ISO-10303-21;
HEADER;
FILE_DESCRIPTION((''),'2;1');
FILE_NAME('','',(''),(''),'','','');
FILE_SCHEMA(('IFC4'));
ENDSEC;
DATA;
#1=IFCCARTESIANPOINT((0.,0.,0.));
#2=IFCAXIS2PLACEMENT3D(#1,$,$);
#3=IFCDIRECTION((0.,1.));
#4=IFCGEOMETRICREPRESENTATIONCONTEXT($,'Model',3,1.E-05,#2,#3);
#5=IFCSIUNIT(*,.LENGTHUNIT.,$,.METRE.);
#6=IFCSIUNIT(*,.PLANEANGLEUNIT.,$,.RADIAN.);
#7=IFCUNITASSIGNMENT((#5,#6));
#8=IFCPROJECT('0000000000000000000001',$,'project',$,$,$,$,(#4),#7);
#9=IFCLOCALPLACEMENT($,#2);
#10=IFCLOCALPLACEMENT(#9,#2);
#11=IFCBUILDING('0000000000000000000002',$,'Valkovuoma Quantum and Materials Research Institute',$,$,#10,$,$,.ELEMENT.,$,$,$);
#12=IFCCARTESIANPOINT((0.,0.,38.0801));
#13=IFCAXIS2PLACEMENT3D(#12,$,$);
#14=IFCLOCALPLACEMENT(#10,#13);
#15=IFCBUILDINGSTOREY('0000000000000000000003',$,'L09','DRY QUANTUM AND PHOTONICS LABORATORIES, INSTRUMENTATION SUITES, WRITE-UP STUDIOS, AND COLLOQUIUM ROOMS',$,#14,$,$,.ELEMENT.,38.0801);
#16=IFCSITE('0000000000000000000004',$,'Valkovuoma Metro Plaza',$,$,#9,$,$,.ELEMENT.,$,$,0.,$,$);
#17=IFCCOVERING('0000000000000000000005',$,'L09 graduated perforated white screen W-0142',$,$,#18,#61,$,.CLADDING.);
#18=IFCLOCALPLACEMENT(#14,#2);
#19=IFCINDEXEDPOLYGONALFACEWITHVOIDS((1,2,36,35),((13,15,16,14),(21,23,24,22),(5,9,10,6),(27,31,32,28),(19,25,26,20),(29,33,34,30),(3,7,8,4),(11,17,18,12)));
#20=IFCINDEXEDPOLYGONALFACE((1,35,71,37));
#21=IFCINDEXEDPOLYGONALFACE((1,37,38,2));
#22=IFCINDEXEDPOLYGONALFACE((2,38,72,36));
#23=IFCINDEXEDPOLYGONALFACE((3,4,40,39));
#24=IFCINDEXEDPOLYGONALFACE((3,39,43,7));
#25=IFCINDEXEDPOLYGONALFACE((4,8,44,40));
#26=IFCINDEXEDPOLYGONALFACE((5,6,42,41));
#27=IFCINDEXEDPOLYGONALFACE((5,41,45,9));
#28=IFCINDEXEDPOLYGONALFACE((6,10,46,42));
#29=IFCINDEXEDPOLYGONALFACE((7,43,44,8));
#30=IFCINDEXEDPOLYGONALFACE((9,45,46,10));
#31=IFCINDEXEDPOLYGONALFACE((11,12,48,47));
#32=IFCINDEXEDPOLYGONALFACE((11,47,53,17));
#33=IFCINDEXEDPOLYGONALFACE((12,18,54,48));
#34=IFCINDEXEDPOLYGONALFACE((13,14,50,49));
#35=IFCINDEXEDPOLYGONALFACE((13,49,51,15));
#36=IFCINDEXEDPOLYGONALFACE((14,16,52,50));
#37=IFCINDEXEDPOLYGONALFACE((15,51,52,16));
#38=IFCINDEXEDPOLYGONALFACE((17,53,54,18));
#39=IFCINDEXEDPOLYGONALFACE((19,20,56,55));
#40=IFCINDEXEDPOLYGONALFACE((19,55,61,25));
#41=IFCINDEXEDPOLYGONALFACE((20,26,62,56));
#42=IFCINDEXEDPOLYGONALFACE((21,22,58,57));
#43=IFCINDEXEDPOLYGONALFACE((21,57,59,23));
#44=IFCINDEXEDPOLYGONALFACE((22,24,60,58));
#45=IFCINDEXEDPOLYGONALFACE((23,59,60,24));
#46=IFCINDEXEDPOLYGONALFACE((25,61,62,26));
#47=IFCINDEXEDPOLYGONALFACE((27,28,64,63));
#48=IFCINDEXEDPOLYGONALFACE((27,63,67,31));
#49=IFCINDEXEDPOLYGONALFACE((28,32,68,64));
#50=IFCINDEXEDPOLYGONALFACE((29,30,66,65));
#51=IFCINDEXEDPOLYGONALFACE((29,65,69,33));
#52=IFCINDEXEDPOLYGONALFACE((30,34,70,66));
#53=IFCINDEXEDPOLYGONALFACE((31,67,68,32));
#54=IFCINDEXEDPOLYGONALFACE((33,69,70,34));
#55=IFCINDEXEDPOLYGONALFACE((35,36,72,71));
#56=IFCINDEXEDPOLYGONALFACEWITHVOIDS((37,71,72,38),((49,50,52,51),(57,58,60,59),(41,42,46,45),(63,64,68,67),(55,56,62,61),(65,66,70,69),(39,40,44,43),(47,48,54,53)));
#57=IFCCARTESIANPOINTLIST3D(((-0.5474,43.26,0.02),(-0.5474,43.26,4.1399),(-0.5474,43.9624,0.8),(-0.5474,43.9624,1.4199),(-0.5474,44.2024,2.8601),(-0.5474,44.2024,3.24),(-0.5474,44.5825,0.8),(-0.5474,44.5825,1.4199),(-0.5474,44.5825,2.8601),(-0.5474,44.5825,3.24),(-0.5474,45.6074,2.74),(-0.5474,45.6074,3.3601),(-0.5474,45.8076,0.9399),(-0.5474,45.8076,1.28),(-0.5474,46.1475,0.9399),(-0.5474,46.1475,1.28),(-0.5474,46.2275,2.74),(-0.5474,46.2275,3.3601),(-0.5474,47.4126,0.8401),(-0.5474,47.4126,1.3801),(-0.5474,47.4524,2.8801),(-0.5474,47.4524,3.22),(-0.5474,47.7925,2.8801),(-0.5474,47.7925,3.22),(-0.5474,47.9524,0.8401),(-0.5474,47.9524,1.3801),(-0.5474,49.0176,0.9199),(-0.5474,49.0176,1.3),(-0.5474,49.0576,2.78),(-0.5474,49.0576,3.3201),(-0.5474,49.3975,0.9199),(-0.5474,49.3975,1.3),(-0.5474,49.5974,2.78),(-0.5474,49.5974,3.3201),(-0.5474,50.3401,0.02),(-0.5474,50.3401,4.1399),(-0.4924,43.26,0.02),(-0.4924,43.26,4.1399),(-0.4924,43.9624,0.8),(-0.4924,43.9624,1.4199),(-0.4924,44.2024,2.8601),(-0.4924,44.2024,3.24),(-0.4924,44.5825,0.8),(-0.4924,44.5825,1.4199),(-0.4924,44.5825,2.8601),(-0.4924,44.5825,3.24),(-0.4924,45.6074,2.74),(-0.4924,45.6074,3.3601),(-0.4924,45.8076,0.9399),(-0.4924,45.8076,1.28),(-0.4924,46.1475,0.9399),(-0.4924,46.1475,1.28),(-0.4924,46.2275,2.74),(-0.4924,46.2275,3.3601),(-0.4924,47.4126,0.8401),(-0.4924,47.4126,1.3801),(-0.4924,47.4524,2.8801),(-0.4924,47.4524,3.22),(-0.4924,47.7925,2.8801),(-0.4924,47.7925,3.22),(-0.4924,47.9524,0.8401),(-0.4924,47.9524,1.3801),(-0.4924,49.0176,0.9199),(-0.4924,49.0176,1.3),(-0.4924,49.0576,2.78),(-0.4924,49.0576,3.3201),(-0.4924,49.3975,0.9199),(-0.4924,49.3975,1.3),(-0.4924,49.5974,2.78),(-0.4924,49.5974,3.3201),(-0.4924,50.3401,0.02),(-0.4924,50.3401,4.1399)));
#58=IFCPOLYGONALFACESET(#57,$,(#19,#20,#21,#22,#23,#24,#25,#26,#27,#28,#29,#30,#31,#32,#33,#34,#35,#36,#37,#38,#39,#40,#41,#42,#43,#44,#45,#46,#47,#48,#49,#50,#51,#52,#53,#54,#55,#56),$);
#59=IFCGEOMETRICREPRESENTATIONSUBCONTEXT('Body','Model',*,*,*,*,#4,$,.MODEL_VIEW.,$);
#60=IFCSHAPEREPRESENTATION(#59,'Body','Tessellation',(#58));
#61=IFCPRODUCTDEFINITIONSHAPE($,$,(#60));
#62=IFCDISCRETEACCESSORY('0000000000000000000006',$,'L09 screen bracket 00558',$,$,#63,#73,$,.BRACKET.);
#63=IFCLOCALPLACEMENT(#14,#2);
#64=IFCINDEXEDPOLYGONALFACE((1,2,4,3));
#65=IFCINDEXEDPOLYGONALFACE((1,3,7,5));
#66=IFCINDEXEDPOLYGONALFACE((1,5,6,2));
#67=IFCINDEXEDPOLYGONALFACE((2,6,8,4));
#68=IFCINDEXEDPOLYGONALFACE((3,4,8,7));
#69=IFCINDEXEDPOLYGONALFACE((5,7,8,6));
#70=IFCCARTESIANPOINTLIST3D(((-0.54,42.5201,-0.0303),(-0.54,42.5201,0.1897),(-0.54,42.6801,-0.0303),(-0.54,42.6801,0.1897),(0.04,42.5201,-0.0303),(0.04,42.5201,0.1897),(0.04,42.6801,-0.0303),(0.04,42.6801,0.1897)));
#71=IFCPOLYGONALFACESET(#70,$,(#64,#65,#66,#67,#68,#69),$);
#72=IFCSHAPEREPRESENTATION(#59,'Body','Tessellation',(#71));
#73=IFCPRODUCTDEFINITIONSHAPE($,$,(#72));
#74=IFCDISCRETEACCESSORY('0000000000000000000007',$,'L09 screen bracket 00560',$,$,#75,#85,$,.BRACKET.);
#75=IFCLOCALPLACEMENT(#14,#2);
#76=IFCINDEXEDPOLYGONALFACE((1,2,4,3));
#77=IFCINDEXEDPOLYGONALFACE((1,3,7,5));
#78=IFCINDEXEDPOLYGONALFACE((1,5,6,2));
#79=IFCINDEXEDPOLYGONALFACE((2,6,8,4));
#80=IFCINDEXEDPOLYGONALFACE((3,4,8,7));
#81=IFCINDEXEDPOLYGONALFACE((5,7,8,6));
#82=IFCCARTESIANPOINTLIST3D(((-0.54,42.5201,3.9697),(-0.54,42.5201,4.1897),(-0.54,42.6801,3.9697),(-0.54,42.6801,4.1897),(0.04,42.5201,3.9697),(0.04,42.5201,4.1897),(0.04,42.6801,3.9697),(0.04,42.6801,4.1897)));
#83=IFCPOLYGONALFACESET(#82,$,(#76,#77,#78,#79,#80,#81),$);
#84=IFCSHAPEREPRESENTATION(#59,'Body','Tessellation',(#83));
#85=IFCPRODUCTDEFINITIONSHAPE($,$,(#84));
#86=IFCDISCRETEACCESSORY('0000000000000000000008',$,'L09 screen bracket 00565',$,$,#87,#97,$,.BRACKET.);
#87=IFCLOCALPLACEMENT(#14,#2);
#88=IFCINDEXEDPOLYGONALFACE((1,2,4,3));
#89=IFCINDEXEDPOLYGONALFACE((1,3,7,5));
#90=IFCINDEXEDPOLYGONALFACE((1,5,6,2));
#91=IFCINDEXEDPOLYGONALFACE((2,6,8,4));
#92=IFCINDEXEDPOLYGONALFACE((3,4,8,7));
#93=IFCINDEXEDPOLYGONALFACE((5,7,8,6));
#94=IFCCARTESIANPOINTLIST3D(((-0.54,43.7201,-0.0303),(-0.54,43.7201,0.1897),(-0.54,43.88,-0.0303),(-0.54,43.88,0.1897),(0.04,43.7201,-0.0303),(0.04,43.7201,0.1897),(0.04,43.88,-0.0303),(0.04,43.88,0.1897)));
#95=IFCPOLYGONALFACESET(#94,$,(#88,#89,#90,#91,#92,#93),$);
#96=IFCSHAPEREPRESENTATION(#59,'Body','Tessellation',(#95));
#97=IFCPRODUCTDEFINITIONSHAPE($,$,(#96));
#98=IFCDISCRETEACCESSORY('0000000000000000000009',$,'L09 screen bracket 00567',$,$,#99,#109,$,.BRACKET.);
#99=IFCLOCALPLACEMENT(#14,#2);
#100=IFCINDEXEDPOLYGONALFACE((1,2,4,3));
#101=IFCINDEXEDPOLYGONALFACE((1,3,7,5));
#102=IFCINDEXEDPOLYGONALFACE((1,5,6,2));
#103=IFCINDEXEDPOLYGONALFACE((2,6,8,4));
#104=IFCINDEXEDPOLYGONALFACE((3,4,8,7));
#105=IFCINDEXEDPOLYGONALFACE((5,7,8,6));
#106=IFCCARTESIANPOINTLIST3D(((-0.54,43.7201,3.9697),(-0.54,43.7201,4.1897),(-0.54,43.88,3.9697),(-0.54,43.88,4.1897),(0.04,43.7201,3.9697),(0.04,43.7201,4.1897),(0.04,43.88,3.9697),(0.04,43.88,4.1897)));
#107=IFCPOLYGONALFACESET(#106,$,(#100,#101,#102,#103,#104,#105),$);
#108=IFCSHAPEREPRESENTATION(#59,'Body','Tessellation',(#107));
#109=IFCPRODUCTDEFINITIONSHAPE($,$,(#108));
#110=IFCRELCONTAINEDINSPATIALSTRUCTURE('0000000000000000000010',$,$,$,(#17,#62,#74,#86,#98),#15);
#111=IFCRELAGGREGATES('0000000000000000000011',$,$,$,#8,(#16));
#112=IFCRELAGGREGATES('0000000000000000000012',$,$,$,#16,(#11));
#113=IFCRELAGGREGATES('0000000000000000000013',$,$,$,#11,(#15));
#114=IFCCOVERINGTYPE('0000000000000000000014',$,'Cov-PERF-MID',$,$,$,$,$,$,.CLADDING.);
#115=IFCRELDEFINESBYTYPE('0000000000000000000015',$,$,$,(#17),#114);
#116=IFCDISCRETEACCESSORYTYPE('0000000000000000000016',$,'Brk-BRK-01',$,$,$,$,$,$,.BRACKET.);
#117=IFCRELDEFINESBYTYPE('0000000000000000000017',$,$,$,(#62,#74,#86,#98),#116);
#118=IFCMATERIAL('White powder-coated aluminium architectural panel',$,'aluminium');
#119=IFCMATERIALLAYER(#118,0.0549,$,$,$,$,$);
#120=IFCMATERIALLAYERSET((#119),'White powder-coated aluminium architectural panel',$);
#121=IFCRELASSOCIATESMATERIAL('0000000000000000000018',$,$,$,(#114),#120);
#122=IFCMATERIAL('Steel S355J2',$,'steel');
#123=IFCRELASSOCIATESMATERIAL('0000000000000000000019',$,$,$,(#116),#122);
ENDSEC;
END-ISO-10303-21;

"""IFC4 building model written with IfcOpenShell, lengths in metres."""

from ifc_helpers import new_model, si_unit, direction, frame, origin, origin_2d, place, context, subcontext, project, spatial, polyline, rectangle, outline, extrude, material, layer, layer_set, type_object, element, save


model = new_model("IFC4")

# Units and contexts
model_context = context("Model", 3, precision=1e-05, world=origin(), true_north=direction((0.0, 1.0)))
body_context = subcontext(model_context, "Body", "Model", "MODEL_VIEW")
ifc_project = project(units=[si_unit("LENGTHUNIT", "METRE"), si_unit("PLANEANGLEUNIT", "RADIAN")], contexts=[model_context])

# Site, building, storey
site_placement = place(None, origin())
site = spatial("IfcSite", under=ifc_project, at=site_placement, Name="Valkovuoma Metro Plaza", CompositionType="ELEMENT", RefElevation=0.0)
building_placement = place(site_placement, origin())
building = spatial("IfcBuilding", under=site, at=building_placement, Name="Valkovuoma Quantum and Materials Research Institute", CompositionType="ELEMENT")
storey_placement = place(building_placement, frame((0.0, 0.0, 38.0801)))
storey = spatial("IfcBuildingStorey", under=building, at=storey_placement, Name="L09", Description="DRY QUANTUM AND PHOTONICS LABORATORIES, INSTRUMENTATION SUITES, WRITE-UP STUDIOS, AND COLLOQUIUM ROOMS", CompositionType="ELEMENT", Elevation=38.0801)

# Covering
ifc_material_1 = material(Name="White powder-coated aluminium architectural panel", Category="aluminium")
ifc_layer_1 = layer(ifc_material_1, 0.0549)
ifc_layer_set_1 = layer_set([ifc_layer_1], Name="White powder-coated aluminium architectural panel")
covering_type = type_object("IfcCoveringType", Name="Cov-PERF-MID", PredefinedType="CLADDING", material=ifc_layer_set_1)
covering_placement = place(storey_placement, frame((-0.52, 43.26, 0.02), z_axis=(0.0, 0.0, 1.0), x_axis=(0.0, 1.0, 0.0)))
element("IfcCovering", 1, at=covering_placement, inside=storey, type_object=covering_type, Name="L09 graduated perforated white screen W-0142", PredefinedType="CLADDING", context=body_context, shape_type="SweptSolid", body=[
    extrude(outline(polyline([(0.0, 0.0), (7.0801, 0.0), (7.0801, 4.1199), (0.0, 4.1199), (0.0, 0.0)]), holes=[polyline([(0.7024, 0.78), (0.7024, 1.3999), (1.3225, 1.3999), (1.3225, 0.78), (0.7024, 0.78)]), polyline([(0.9424, 2.8401), (0.9424, 3.22), (1.3225, 3.22), (1.3225, 2.8401), (0.9424, 2.8401)]), polyline([(2.5476, 0.9199), (2.5476, 1.26), (2.8875, 1.26), (2.8875, 0.9199), (2.5476, 0.9199)]), polyline([(2.3474, 2.72), (2.3474, 3.3401), (2.9675, 3.3401), (2.9675, 2.72), (2.3474, 2.72)]), polyline([(4.1526, 0.8201), (4.1526, 1.3601), (4.6924, 1.3601), (4.6924, 0.8201), (4.1526, 0.8201)]), polyline([(4.1924, 2.8601), (4.1924, 3.2), (4.5325, 3.2), (4.5325, 2.8601), (4.1924, 2.8601)]), polyline([(5.7576, 0.8999), (5.7576, 1.28), (6.1375, 1.28), (6.1375, 0.8999), (5.7576, 0.8999)]), polyline([(5.7976, 2.76), (5.7976, 3.3), (6.3374, 3.3), (6.3374, 2.76), (5.7976, 2.76)])]), frame((0.0, 0.0273, 0.0), z_axis=(0.0, -1.0, 0.0), x_axis=(1.0, 0.0, 0.0)), (0.0, 0.0, 1.0), 0.0549),
])

# Discrete accessories
ifc_material_2 = material(Name="Steel S355J2", Category="steel")
discrete_accessory_type = type_object("IfcDiscreteAccessoryType", Name="Brk-BRK-01", PredefinedType="BRACKET", material=ifc_material_2)
for number, where, z_axis, x_axis, name in (
    (2, (-0.25, 42.6001, -0.0303), (0.0, 0.0, 1.0), (1.0, 0.0, 0.0), "L09 screen bracket 00558"),
    (3, (-0.25, 42.6001, 3.9697), (0.0, 0.0, 1.0), (1.0, 0.0, 0.0), "L09 screen bracket 00560"),
    (4, (-0.25, 43.8, -0.0303), (0.0, 0.0, 1.0), (1.0, 0.0, 0.0), "L09 screen bracket 00565"),
    (5, (-0.25, 43.8, 3.9697), (0.0, 0.0, 1.0), (1.0, 0.0, 0.0), "L09 screen bracket 00567"),
):
    element("IfcDiscreteAccessory", number, at=place(storey_placement, frame(where, z_axis=z_axis, x_axis=x_axis)), inside=storey, type_object=discrete_accessory_type, Name=name, PredefinedType="BRACKET", context=body_context, shape_type="SweptSolid", body=[
        extrude(rectangle(XDim=0.5801, YDim=0.1599, at=origin_2d()), origin(), (0.0, 0.0, 1.0), 0.22),
    ])

save(model, "model.ifc")
